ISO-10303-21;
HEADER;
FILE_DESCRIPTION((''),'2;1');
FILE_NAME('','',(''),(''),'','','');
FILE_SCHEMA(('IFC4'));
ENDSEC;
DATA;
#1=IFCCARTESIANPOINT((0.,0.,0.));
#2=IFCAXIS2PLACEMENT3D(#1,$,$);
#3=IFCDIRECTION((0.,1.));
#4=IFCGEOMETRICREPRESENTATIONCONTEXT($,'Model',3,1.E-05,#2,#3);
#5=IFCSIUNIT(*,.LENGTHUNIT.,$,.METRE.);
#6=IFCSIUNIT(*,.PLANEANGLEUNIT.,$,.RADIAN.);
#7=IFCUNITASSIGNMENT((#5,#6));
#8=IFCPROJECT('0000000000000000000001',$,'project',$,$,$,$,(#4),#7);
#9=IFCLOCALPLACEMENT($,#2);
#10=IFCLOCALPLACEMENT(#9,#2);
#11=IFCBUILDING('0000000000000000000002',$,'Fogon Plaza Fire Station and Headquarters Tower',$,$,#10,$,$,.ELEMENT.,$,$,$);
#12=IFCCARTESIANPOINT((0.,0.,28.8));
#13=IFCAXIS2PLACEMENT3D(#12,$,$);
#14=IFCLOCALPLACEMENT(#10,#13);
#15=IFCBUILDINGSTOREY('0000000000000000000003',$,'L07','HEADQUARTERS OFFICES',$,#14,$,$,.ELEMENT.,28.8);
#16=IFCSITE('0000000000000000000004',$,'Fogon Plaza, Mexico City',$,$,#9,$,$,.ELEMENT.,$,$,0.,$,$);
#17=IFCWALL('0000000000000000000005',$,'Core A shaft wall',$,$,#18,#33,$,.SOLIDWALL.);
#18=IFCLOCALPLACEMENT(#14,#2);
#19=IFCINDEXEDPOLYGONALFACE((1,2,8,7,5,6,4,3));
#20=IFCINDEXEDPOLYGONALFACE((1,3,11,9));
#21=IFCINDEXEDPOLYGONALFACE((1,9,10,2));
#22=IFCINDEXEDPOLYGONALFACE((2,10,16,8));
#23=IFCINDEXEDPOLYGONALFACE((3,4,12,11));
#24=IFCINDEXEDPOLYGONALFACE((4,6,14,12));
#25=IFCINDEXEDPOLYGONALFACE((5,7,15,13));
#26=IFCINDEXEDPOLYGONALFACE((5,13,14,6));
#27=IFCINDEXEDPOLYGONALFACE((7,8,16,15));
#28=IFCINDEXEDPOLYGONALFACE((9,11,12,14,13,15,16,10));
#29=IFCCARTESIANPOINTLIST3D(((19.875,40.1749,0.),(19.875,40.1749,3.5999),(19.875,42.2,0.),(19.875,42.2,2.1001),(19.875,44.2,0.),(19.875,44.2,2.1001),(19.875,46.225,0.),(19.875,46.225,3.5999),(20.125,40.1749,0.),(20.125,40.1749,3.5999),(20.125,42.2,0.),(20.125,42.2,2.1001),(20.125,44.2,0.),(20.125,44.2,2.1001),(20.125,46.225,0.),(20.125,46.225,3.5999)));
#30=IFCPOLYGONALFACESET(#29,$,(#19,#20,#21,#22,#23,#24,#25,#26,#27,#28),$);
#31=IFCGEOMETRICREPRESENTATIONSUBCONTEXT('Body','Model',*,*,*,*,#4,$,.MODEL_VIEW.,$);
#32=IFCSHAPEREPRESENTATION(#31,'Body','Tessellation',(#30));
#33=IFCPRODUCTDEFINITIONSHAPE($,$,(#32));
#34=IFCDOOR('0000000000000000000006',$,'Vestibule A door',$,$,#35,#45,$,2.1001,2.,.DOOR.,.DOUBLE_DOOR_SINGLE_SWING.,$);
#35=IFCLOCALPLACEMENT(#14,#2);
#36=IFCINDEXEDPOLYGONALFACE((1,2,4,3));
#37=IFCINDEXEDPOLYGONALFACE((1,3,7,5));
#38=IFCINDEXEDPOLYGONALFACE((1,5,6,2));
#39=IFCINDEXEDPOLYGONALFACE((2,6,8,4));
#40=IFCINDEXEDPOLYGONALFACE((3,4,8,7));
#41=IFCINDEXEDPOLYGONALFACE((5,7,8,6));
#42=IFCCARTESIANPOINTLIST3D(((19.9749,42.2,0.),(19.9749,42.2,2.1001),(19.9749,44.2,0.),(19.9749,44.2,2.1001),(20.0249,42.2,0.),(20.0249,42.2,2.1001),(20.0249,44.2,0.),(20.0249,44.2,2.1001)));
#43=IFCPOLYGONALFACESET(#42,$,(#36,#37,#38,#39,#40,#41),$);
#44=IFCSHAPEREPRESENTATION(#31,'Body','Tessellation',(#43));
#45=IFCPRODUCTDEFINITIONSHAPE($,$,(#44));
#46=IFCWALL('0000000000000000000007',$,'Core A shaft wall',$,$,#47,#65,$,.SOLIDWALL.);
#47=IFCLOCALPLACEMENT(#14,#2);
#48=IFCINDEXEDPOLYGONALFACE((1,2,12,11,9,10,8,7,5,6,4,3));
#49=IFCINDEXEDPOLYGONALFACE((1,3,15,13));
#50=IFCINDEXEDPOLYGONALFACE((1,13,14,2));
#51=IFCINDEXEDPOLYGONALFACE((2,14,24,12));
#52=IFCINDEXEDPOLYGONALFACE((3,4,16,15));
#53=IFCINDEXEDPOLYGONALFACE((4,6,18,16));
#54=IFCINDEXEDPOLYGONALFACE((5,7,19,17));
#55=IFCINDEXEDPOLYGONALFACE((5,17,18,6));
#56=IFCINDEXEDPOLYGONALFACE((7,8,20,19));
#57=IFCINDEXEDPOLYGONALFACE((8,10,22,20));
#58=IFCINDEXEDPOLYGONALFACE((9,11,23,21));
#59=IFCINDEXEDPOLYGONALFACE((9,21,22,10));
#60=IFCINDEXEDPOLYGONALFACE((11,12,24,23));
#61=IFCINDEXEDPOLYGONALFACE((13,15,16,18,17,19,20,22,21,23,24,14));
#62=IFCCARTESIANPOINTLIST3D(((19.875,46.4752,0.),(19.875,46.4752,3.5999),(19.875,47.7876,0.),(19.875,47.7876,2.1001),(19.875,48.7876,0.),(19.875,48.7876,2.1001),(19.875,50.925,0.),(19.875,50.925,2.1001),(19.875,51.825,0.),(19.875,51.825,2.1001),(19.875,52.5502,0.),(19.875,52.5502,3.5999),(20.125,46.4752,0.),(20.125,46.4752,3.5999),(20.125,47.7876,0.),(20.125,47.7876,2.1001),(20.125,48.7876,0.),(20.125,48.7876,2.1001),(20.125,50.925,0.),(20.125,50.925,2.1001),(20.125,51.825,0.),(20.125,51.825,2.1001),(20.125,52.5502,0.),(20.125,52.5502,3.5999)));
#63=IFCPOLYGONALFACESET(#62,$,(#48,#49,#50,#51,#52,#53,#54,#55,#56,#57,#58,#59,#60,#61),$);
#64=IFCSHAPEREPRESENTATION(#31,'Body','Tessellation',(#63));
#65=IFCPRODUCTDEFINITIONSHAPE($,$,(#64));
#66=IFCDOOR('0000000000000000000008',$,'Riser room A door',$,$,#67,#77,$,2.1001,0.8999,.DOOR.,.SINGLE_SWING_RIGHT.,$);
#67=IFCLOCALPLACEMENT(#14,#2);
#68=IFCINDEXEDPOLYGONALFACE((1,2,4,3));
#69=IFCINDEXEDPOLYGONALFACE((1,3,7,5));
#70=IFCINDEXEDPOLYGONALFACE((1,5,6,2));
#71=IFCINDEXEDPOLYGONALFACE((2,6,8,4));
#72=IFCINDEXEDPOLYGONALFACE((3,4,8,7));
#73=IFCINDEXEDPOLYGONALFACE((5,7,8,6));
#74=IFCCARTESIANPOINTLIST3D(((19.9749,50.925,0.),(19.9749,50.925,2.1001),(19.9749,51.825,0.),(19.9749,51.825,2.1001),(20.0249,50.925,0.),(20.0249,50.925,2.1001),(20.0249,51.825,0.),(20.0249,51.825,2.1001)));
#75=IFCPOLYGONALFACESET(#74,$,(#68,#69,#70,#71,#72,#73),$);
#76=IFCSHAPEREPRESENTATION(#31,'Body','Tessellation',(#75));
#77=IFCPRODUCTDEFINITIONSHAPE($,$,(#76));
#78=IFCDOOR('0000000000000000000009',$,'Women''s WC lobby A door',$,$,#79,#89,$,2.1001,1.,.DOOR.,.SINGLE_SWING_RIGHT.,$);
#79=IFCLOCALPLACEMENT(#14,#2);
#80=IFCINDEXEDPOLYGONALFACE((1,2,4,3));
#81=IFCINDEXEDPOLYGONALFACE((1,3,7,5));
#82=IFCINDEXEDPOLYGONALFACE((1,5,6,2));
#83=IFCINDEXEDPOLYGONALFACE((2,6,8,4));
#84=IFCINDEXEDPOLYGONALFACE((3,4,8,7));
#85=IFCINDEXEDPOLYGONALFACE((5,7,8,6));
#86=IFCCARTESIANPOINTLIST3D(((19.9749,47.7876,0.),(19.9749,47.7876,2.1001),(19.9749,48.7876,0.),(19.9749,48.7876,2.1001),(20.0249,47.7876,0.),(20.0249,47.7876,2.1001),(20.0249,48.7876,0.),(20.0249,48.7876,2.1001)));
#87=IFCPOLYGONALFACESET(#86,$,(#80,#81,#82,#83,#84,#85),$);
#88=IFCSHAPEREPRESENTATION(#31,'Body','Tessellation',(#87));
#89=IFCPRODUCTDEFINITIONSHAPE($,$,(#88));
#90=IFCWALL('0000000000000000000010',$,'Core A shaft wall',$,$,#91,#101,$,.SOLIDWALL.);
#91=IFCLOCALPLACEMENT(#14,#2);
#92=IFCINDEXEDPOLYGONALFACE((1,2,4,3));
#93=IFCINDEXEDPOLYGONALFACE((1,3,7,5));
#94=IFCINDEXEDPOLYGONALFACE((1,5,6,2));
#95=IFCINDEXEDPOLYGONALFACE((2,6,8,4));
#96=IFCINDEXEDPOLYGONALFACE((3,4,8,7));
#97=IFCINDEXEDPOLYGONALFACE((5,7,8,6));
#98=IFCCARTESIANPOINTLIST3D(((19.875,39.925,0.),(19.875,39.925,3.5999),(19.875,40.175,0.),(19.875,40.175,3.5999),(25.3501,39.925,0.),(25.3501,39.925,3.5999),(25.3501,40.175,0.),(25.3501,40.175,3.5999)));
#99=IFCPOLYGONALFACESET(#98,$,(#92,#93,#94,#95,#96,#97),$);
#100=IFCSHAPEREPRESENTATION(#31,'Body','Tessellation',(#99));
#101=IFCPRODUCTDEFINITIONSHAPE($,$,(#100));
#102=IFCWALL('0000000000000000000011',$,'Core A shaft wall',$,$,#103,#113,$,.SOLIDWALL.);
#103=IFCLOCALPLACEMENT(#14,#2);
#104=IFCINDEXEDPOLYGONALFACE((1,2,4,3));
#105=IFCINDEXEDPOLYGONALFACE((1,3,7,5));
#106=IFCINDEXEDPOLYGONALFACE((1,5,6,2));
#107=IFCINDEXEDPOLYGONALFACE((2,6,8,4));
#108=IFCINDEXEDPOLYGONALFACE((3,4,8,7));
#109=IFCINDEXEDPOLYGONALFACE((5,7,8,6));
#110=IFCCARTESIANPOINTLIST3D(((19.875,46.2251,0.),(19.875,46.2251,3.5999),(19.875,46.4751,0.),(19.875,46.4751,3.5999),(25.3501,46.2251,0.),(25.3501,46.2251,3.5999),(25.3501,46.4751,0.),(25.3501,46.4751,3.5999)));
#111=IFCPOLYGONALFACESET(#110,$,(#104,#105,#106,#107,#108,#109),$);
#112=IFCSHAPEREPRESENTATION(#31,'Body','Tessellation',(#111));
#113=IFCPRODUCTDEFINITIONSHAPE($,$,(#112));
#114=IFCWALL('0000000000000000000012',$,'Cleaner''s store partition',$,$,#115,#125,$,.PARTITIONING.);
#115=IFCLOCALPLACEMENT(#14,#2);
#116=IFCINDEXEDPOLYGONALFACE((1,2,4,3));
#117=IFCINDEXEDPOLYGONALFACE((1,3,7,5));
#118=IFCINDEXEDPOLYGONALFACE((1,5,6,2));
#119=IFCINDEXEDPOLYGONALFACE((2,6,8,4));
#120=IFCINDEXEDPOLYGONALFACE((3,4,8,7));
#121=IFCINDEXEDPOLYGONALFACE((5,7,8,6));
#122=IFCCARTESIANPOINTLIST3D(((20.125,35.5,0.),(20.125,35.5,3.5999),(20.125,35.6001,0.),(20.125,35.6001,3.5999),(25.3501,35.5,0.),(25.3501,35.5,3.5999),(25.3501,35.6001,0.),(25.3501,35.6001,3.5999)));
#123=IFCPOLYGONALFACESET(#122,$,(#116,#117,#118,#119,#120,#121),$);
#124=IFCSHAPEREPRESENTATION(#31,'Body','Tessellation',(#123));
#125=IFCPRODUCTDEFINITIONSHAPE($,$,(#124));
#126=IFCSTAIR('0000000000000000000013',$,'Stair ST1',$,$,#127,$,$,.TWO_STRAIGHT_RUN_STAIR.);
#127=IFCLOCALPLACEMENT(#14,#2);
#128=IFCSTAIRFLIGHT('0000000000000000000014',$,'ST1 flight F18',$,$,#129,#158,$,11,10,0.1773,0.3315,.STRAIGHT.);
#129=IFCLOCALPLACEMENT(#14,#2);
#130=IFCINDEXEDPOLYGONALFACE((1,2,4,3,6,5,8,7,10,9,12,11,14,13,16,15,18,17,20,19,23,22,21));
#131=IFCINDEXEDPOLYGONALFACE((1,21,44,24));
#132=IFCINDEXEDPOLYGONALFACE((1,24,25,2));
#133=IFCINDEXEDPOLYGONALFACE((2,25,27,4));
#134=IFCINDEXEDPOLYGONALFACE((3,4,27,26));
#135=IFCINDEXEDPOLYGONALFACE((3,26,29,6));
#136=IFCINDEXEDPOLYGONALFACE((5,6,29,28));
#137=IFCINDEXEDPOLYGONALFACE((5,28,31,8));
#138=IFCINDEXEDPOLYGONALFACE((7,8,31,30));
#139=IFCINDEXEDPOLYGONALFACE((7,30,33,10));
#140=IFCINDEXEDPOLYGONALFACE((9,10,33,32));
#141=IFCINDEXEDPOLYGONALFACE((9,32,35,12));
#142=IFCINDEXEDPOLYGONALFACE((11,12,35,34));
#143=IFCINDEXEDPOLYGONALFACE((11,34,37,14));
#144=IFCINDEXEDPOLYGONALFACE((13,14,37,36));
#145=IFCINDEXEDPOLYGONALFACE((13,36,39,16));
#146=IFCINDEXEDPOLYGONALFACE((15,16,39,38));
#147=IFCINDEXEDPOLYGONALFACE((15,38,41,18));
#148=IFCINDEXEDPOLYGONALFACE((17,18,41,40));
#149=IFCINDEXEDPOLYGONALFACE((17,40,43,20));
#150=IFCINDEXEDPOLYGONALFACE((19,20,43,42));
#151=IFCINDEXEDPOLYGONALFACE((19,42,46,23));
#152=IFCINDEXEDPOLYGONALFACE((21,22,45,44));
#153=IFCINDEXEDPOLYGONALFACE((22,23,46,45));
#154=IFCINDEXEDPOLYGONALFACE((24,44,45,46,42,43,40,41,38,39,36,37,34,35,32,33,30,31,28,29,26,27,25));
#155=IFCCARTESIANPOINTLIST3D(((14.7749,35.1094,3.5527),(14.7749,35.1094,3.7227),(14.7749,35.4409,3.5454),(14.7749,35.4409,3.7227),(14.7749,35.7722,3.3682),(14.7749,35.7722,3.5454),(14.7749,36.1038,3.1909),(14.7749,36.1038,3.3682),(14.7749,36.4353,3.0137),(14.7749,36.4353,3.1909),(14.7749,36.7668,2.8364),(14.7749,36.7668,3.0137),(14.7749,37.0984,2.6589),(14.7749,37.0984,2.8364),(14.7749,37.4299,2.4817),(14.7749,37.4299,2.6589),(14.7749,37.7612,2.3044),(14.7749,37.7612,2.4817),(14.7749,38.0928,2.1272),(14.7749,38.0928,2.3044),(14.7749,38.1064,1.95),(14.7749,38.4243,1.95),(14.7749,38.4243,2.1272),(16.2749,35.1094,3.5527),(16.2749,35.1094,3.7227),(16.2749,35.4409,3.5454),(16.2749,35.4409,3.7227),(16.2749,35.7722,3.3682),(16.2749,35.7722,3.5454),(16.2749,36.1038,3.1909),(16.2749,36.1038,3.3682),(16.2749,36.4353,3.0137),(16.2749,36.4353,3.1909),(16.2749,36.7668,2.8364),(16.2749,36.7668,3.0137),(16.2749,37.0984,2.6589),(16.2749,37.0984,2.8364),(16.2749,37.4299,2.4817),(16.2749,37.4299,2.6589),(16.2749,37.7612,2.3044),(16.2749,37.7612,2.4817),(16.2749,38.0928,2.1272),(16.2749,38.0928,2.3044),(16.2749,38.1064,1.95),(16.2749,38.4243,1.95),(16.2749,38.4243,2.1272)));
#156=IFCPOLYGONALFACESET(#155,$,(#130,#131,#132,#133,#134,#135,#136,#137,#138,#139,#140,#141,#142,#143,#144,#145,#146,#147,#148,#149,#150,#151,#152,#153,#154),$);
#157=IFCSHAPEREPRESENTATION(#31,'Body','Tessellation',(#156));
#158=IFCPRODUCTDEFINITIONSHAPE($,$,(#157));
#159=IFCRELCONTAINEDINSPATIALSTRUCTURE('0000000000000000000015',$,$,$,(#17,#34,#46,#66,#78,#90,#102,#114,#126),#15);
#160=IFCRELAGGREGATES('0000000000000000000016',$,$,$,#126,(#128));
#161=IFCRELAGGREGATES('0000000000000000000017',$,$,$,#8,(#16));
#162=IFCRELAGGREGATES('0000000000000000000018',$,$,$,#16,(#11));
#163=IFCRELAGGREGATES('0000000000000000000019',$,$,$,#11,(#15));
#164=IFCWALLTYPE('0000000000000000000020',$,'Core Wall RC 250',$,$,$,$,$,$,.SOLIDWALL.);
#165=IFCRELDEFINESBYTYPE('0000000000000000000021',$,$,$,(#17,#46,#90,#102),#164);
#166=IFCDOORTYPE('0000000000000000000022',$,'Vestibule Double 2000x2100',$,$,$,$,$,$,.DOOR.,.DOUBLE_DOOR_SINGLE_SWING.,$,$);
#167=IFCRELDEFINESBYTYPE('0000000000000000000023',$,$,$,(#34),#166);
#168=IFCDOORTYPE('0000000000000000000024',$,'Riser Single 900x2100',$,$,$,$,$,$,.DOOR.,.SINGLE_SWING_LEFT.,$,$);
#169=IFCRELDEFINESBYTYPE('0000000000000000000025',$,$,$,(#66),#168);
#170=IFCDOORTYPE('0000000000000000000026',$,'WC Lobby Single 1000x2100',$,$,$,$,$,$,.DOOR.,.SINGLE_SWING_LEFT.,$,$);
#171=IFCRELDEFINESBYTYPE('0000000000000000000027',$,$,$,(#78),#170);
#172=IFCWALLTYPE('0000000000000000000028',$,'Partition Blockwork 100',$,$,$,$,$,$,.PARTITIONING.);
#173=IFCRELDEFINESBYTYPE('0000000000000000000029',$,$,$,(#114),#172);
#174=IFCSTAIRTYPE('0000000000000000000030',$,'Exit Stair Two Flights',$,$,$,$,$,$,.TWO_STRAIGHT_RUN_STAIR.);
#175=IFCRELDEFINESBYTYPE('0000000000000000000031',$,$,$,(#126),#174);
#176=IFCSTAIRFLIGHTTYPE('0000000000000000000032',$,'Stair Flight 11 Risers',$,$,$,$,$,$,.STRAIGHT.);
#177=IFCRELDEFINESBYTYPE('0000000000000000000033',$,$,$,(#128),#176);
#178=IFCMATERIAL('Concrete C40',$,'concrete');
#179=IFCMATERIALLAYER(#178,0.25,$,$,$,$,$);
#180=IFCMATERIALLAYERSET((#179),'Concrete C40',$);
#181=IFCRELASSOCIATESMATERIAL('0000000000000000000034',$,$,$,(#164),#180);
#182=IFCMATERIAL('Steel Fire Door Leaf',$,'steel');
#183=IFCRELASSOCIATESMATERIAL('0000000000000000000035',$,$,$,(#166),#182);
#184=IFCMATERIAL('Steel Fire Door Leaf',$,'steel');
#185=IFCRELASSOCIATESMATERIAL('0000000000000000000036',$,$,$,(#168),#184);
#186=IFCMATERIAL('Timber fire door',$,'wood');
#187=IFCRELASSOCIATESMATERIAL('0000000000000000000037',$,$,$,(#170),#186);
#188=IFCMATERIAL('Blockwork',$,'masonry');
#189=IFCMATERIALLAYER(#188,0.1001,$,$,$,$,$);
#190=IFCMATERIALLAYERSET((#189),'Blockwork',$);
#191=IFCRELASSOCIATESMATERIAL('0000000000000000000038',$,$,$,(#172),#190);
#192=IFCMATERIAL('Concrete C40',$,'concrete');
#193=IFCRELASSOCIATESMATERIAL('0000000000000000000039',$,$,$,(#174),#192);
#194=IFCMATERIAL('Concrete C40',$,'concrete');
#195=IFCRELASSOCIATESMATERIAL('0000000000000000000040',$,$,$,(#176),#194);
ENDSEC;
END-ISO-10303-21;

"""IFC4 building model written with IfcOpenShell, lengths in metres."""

from ifc_helpers import new_model, si_unit, direction, frame, frame_2d, origin, place, context, subcontext, project, spatial, polyline, rectangle, outline, extrude, material, layer, layer_set, type_object, element, fill, aggregate, save


model = new_model("IFC4")

# Units and contexts
model_context = context("Model", 3, precision=1e-05, world=origin(), true_north=direction((0.0, 1.0)))
body_context = subcontext(model_context, "Body", "Model", "MODEL_VIEW")
ifc_project = project(units=[si_unit("LENGTHUNIT", "METRE"), si_unit("PLANEANGLEUNIT", "RADIAN")], contexts=[model_context])

# Site, building, storey
site_placement = place(None, origin())
site = spatial("IfcSite", under=ifc_project, at=site_placement, Name="Fogon Plaza, Mexico City", CompositionType="ELEMENT", RefElevation=0.0)
building_placement = place(site_placement, origin())
building = spatial("IfcBuilding", under=site, at=building_placement, Name="Fogon Plaza Fire Station and Headquarters Tower", CompositionType="ELEMENT")
storey_placement = place(building_placement, frame((0.0, 0.0, 28.8)))
storey = spatial("IfcBuildingStorey", under=building, at=storey_placement, Name="L07", Description="HEADQUARTERS OFFICES", CompositionType="ELEMENT", Elevation=28.8)

# Shared definitions
ifc_material_1 = material(Name="Concrete C40", Category="concrete")
ifc_layer_1 = layer(ifc_material_1, 0.25)
ifc_layer_set_1 = layer_set([ifc_layer_1], Name="Concrete C40")
wall_type_1 = type_object("IfcWallType", Name="Core Wall RC 250", PredefinedType="SOLIDWALL", material=ifc_layer_set_1)

# Wall, opening, door
wall_1_placement = place(storey_placement, frame((20.0, 40.175, 0.0), z_axis=(0.0, 0.0, 1.0), x_axis=(0.0, 1.0, 0.0)))
wall_1 = element("IfcWall", 1, at=wall_1_placement, inside=storey, type_object=wall_type_1, Name="Core A shaft wall", PredefinedType="SOLIDWALL", context=body_context, shape_type="SweptSolid", body=[
    extrude(rectangle(XDim=6.05, YDim=0.25, at=frame_2d((3.0249, 0.0))), origin(), (0.0, 0.0, 1.0), 3.5999),
])
opening_1_placement = place(wall_1_placement, frame((2.0249, 0.0, 0.0)))
opening_1 = element("IfcOpeningElement", 2, at=opening_1_placement, cuts=wall_1, PredefinedType="OPENING", context=body_context, shape_type="SweptSolid", body=[
    extrude(rectangle(XDim=2.0, YDim=2.1001, at=frame_2d((1.0, 1.05))), frame((0.0, 0.135, 0.0), z_axis=(0.0, -1.0, 0.0), x_axis=(1.0, 0.0, 0.0)), (0.0, 0.0, 1.0), 0.27),
])
ifc_material_2 = material(Name="Steel Fire Door Leaf", Category="steel")
door_type_1 = type_object("IfcDoorType", Name="Vestibule Double 2000x2100", OperationType="DOUBLE_DOOR_SINGLE_SWING", PredefinedType="DOOR", material=ifc_material_2)
door_1_placement = place(opening_1_placement, frame((2.0, 0.0, 0.0), z_axis=(0.0, 0.0, 1.0), x_axis=(-1.0, 0.0, 0.0)))
door_1 = element("IfcDoor", 3, at=door_1_placement, inside=storey, type_object=door_type_1, Name="Vestibule A door", OperationType="DOUBLE_DOOR_SINGLE_SWING", OverallHeight=2.1001, OverallWidth=2.0, PredefinedType="DOOR", context=body_context, shape_type="SweptSolid", body=[
    extrude(rectangle(XDim=2.0, YDim=2.1001, at=frame_2d((1.0, 1.05))), frame((0.0, 0.0249, 0.0), z_axis=(0.0, -1.0, 0.0), x_axis=(1.0, 0.0, 0.0)), (0.0, 0.0, 1.0), 0.05),
])
fill(opening_1, door_1)

# Wall, openings, doors
wall_2_placement = place(storey_placement, frame((20.0, 46.4751, 0.0), z_axis=(0.0, 0.0, 1.0), x_axis=(0.0, 1.0, 0.0)))
wall_2 = element("IfcWall", 4, at=wall_2_placement, inside=storey, type_object=wall_type_1, Name="Core A shaft wall", PredefinedType="SOLIDWALL", context=body_context, shape_type="SweptSolid", body=[
    extrude(rectangle(XDim=6.075, YDim=0.25, at=frame_2d((3.0376, 0.0))), origin(), (0.0, 0.0, 1.0), 3.5999),
])
opening_2_placement = place(wall_2_placement, frame((1.3125, 0.0, 0.0)))
opening_2 = element("IfcOpeningElement", 5, at=opening_2_placement, cuts=wall_2, PredefinedType="OPENING", context=body_context, shape_type="SweptSolid", body=[
    extrude(rectangle(XDim=1.0, YDim=2.1001, at=frame_2d((0.5, 1.05))), frame((0.0, 0.135, 0.0), z_axis=(0.0, -1.0, 0.0), x_axis=(1.0, 0.0, 0.0)), (0.0, 0.0, 1.0), 0.27),
])
opening_3_placement = place(wall_2_placement, frame((4.45, 0.0, 0.0)))
opening_3 = element("IfcOpeningElement", 6, at=opening_3_placement, cuts=wall_2, PredefinedType="OPENING", context=body_context, shape_type="SweptSolid", body=[
    extrude(rectangle(XDim=0.8999, YDim=2.1001, at=frame_2d((0.45, 1.05))), frame((0.0, 0.135, 0.0), z_axis=(0.0, -1.0, 0.0), x_axis=(1.0, 0.0, 0.0)), (0.0, 0.0, 1.0), 0.27),
])
ifc_material_3 = material(Name="Steel Fire Door Leaf", Category="steel")
door_type_2 = type_object("IfcDoorType", Name="Riser Single 900x2100", OperationType="SINGLE_SWING_LEFT", PredefinedType="DOOR", material=ifc_material_3)
door_2_placement = place(opening_3_placement, frame((0.8999, 0.0, 0.0), z_axis=(0.0, 0.0, 1.0), x_axis=(-1.0, 0.0, 0.0)))
door_2 = element("IfcDoor", 7, at=door_2_placement, inside=storey, type_object=door_type_2, Name="Riser room A door", OperationType="SINGLE_SWING_RIGHT", OverallHeight=2.1001, OverallWidth=0.8999, PredefinedType="DOOR", context=body_context, shape_type="SweptSolid", body=[
    extrude(rectangle(XDim=0.8999, YDim=2.1001, at=frame_2d((0.45, 1.05))), frame((0.0, 0.0249, 0.0), z_axis=(0.0, -1.0, 0.0), x_axis=(1.0, 0.0, 0.0)), (0.0, 0.0, 1.0), 0.05),
])
fill(opening_3, door_2)
ifc_material_4 = material(Name="Timber fire door", Category="wood")
door_type_3 = type_object("IfcDoorType", Name="WC Lobby Single 1000x2100", OperationType="SINGLE_SWING_LEFT", PredefinedType="DOOR", material=ifc_material_4)
door_3_placement = place(opening_2_placement, frame((1.0, 0.0, 0.0), z_axis=(0.0, 0.0, 1.0), x_axis=(-1.0, 0.0, 0.0)))
door_3 = element("IfcDoor", 8, at=door_3_placement, inside=storey, type_object=door_type_3, Name="Women's WC lobby A door", OperationType="SINGLE_SWING_RIGHT", OverallHeight=2.1001, OverallWidth=1.0, PredefinedType="DOOR", context=body_context, shape_type="SweptSolid", body=[
    extrude(rectangle(XDim=1.0, YDim=2.1001, at=frame_2d((0.5, 1.05))), frame((0.0, 0.0249, 0.0), z_axis=(0.0, -1.0, 0.0), x_axis=(1.0, 0.0, 0.0)), (0.0, 0.0, 1.0), 0.05),
])
fill(opening_2, door_3)

# Walls
for number, where, z_axis, x_axis, name in (
    (9, (19.875, 40.05, 0.0), (0.0, 0.0, 1.0), (1.0, 0.0, 0.0), "Core A shaft wall"),
    (10, (19.875, 46.3501, 0.0), (0.0, 0.0, 1.0), (1.0, 0.0, 0.0), "Core A shaft wall"),
):
    element("IfcWall", number, at=place(storey_placement, frame(where, z_axis=z_axis, x_axis=x_axis)), inside=storey, type_object=wall_type_1, Name=name, PredefinedType="SOLIDWALL", context=body_context, shape_type="SweptSolid", body=[
        extrude(rectangle(XDim=5.4751, YDim=0.25, at=frame_2d((2.7375, 0.0))), origin(), (0.0, 0.0, 1.0), 3.5999),
    ])
ifc_material_5 = material(Name="Blockwork", Category="masonry")
ifc_layer_2 = layer(ifc_material_5, 0.1001)
ifc_layer_set_2 = layer_set([ifc_layer_2], Name="Blockwork")
wall_type_2 = type_object("IfcWallType", Name="Partition Blockwork 100", PredefinedType="PARTITIONING", material=ifc_layer_set_2)
wall_3_placement = place(storey_placement, frame((20.125, 35.55, 0.0), z_axis=(0.0, 0.0, 1.0), x_axis=(1.0, 0.0, 0.0)))
element("IfcWall", 11, at=wall_3_placement, inside=storey, type_object=wall_type_2, Name="Cleaner's store partition", PredefinedType="PARTITIONING", context=body_context, shape_type="SweptSolid", body=[
    extrude(rectangle(XDim=5.2251, YDim=0.1001, at=frame_2d((2.6125, 0.0))), origin(), (0.0, 0.0, 1.0), 3.5999),
])

# Stair, stair flight
ifc_material_6 = material(Name="Concrete C40", Category="concrete")
stair_type = type_object("IfcStairType", Name="Exit Stair Two Flights", PredefinedType="TWO_STRAIGHT_RUN_STAIR", material=ifc_material_6)
stair_placement = place(storey_placement, origin())
stair = element("IfcStair", 12, at=stair_placement, inside=storey, type_object=stair_type, Name="Stair ST1", PredefinedType="TWO_STRAIGHT_RUN_STAIR")
ifc_material_7 = material(Name="Concrete C40", Category="concrete")
stair_flight_type = type_object("IfcStairFlightType", Name="Stair Flight 11 Risers", PredefinedType="STRAIGHT", material=ifc_material_7)
stair_flight_placement = place(storey_placement, frame((15.5249, 38.4243, 1.95), z_axis=(0.0, 0.0, 1.0), x_axis=(0.0, -1.0, 0.0)))
stair_flight = element("IfcStairFlight", 13, at=stair_flight_placement, type_object=stair_flight_type, Name="ST1 flight F18", NumberOfRisers=11, NumberOfTreads=10, PredefinedType="STRAIGHT", RiserHeight=0.1773, TreadLength=0.3315, context=body_context, shape_type="SweptSolid", body=[
    extrude(outline(polyline([(0.0, 0.0), (0.0, 0.1772), (0.3315, 0.1772), (0.3315, 0.3545), (0.6631, 0.3545), (0.6631, 0.5317), (0.9944, 0.5317), (0.9944, 0.709), (1.3259, 0.709), (1.3259, 0.8865), (1.6575, 0.8865), (1.6575, 1.0637), (1.989, 1.0637), (1.989, 1.241), (2.3206, 1.241), (2.3206, 1.4182), (2.6521, 1.4182), (2.6521, 1.5955), (2.9834, 1.5955), (2.9834, 1.7727), (3.3149, 1.7727), (3.3149, 1.95), (3.3149, 1.6028), (0.3179, 0.0), (0.0, 0.0)])), frame((0.0, 0.75, 0.0), z_axis=(0.0, -1.0, 0.0), x_axis=(1.0, 0.0, 0.0)), (0.0, 0.0, 1.0), 1.5),
])
aggregate(stair, [stair_flight])

save(model, "model.ifc")
